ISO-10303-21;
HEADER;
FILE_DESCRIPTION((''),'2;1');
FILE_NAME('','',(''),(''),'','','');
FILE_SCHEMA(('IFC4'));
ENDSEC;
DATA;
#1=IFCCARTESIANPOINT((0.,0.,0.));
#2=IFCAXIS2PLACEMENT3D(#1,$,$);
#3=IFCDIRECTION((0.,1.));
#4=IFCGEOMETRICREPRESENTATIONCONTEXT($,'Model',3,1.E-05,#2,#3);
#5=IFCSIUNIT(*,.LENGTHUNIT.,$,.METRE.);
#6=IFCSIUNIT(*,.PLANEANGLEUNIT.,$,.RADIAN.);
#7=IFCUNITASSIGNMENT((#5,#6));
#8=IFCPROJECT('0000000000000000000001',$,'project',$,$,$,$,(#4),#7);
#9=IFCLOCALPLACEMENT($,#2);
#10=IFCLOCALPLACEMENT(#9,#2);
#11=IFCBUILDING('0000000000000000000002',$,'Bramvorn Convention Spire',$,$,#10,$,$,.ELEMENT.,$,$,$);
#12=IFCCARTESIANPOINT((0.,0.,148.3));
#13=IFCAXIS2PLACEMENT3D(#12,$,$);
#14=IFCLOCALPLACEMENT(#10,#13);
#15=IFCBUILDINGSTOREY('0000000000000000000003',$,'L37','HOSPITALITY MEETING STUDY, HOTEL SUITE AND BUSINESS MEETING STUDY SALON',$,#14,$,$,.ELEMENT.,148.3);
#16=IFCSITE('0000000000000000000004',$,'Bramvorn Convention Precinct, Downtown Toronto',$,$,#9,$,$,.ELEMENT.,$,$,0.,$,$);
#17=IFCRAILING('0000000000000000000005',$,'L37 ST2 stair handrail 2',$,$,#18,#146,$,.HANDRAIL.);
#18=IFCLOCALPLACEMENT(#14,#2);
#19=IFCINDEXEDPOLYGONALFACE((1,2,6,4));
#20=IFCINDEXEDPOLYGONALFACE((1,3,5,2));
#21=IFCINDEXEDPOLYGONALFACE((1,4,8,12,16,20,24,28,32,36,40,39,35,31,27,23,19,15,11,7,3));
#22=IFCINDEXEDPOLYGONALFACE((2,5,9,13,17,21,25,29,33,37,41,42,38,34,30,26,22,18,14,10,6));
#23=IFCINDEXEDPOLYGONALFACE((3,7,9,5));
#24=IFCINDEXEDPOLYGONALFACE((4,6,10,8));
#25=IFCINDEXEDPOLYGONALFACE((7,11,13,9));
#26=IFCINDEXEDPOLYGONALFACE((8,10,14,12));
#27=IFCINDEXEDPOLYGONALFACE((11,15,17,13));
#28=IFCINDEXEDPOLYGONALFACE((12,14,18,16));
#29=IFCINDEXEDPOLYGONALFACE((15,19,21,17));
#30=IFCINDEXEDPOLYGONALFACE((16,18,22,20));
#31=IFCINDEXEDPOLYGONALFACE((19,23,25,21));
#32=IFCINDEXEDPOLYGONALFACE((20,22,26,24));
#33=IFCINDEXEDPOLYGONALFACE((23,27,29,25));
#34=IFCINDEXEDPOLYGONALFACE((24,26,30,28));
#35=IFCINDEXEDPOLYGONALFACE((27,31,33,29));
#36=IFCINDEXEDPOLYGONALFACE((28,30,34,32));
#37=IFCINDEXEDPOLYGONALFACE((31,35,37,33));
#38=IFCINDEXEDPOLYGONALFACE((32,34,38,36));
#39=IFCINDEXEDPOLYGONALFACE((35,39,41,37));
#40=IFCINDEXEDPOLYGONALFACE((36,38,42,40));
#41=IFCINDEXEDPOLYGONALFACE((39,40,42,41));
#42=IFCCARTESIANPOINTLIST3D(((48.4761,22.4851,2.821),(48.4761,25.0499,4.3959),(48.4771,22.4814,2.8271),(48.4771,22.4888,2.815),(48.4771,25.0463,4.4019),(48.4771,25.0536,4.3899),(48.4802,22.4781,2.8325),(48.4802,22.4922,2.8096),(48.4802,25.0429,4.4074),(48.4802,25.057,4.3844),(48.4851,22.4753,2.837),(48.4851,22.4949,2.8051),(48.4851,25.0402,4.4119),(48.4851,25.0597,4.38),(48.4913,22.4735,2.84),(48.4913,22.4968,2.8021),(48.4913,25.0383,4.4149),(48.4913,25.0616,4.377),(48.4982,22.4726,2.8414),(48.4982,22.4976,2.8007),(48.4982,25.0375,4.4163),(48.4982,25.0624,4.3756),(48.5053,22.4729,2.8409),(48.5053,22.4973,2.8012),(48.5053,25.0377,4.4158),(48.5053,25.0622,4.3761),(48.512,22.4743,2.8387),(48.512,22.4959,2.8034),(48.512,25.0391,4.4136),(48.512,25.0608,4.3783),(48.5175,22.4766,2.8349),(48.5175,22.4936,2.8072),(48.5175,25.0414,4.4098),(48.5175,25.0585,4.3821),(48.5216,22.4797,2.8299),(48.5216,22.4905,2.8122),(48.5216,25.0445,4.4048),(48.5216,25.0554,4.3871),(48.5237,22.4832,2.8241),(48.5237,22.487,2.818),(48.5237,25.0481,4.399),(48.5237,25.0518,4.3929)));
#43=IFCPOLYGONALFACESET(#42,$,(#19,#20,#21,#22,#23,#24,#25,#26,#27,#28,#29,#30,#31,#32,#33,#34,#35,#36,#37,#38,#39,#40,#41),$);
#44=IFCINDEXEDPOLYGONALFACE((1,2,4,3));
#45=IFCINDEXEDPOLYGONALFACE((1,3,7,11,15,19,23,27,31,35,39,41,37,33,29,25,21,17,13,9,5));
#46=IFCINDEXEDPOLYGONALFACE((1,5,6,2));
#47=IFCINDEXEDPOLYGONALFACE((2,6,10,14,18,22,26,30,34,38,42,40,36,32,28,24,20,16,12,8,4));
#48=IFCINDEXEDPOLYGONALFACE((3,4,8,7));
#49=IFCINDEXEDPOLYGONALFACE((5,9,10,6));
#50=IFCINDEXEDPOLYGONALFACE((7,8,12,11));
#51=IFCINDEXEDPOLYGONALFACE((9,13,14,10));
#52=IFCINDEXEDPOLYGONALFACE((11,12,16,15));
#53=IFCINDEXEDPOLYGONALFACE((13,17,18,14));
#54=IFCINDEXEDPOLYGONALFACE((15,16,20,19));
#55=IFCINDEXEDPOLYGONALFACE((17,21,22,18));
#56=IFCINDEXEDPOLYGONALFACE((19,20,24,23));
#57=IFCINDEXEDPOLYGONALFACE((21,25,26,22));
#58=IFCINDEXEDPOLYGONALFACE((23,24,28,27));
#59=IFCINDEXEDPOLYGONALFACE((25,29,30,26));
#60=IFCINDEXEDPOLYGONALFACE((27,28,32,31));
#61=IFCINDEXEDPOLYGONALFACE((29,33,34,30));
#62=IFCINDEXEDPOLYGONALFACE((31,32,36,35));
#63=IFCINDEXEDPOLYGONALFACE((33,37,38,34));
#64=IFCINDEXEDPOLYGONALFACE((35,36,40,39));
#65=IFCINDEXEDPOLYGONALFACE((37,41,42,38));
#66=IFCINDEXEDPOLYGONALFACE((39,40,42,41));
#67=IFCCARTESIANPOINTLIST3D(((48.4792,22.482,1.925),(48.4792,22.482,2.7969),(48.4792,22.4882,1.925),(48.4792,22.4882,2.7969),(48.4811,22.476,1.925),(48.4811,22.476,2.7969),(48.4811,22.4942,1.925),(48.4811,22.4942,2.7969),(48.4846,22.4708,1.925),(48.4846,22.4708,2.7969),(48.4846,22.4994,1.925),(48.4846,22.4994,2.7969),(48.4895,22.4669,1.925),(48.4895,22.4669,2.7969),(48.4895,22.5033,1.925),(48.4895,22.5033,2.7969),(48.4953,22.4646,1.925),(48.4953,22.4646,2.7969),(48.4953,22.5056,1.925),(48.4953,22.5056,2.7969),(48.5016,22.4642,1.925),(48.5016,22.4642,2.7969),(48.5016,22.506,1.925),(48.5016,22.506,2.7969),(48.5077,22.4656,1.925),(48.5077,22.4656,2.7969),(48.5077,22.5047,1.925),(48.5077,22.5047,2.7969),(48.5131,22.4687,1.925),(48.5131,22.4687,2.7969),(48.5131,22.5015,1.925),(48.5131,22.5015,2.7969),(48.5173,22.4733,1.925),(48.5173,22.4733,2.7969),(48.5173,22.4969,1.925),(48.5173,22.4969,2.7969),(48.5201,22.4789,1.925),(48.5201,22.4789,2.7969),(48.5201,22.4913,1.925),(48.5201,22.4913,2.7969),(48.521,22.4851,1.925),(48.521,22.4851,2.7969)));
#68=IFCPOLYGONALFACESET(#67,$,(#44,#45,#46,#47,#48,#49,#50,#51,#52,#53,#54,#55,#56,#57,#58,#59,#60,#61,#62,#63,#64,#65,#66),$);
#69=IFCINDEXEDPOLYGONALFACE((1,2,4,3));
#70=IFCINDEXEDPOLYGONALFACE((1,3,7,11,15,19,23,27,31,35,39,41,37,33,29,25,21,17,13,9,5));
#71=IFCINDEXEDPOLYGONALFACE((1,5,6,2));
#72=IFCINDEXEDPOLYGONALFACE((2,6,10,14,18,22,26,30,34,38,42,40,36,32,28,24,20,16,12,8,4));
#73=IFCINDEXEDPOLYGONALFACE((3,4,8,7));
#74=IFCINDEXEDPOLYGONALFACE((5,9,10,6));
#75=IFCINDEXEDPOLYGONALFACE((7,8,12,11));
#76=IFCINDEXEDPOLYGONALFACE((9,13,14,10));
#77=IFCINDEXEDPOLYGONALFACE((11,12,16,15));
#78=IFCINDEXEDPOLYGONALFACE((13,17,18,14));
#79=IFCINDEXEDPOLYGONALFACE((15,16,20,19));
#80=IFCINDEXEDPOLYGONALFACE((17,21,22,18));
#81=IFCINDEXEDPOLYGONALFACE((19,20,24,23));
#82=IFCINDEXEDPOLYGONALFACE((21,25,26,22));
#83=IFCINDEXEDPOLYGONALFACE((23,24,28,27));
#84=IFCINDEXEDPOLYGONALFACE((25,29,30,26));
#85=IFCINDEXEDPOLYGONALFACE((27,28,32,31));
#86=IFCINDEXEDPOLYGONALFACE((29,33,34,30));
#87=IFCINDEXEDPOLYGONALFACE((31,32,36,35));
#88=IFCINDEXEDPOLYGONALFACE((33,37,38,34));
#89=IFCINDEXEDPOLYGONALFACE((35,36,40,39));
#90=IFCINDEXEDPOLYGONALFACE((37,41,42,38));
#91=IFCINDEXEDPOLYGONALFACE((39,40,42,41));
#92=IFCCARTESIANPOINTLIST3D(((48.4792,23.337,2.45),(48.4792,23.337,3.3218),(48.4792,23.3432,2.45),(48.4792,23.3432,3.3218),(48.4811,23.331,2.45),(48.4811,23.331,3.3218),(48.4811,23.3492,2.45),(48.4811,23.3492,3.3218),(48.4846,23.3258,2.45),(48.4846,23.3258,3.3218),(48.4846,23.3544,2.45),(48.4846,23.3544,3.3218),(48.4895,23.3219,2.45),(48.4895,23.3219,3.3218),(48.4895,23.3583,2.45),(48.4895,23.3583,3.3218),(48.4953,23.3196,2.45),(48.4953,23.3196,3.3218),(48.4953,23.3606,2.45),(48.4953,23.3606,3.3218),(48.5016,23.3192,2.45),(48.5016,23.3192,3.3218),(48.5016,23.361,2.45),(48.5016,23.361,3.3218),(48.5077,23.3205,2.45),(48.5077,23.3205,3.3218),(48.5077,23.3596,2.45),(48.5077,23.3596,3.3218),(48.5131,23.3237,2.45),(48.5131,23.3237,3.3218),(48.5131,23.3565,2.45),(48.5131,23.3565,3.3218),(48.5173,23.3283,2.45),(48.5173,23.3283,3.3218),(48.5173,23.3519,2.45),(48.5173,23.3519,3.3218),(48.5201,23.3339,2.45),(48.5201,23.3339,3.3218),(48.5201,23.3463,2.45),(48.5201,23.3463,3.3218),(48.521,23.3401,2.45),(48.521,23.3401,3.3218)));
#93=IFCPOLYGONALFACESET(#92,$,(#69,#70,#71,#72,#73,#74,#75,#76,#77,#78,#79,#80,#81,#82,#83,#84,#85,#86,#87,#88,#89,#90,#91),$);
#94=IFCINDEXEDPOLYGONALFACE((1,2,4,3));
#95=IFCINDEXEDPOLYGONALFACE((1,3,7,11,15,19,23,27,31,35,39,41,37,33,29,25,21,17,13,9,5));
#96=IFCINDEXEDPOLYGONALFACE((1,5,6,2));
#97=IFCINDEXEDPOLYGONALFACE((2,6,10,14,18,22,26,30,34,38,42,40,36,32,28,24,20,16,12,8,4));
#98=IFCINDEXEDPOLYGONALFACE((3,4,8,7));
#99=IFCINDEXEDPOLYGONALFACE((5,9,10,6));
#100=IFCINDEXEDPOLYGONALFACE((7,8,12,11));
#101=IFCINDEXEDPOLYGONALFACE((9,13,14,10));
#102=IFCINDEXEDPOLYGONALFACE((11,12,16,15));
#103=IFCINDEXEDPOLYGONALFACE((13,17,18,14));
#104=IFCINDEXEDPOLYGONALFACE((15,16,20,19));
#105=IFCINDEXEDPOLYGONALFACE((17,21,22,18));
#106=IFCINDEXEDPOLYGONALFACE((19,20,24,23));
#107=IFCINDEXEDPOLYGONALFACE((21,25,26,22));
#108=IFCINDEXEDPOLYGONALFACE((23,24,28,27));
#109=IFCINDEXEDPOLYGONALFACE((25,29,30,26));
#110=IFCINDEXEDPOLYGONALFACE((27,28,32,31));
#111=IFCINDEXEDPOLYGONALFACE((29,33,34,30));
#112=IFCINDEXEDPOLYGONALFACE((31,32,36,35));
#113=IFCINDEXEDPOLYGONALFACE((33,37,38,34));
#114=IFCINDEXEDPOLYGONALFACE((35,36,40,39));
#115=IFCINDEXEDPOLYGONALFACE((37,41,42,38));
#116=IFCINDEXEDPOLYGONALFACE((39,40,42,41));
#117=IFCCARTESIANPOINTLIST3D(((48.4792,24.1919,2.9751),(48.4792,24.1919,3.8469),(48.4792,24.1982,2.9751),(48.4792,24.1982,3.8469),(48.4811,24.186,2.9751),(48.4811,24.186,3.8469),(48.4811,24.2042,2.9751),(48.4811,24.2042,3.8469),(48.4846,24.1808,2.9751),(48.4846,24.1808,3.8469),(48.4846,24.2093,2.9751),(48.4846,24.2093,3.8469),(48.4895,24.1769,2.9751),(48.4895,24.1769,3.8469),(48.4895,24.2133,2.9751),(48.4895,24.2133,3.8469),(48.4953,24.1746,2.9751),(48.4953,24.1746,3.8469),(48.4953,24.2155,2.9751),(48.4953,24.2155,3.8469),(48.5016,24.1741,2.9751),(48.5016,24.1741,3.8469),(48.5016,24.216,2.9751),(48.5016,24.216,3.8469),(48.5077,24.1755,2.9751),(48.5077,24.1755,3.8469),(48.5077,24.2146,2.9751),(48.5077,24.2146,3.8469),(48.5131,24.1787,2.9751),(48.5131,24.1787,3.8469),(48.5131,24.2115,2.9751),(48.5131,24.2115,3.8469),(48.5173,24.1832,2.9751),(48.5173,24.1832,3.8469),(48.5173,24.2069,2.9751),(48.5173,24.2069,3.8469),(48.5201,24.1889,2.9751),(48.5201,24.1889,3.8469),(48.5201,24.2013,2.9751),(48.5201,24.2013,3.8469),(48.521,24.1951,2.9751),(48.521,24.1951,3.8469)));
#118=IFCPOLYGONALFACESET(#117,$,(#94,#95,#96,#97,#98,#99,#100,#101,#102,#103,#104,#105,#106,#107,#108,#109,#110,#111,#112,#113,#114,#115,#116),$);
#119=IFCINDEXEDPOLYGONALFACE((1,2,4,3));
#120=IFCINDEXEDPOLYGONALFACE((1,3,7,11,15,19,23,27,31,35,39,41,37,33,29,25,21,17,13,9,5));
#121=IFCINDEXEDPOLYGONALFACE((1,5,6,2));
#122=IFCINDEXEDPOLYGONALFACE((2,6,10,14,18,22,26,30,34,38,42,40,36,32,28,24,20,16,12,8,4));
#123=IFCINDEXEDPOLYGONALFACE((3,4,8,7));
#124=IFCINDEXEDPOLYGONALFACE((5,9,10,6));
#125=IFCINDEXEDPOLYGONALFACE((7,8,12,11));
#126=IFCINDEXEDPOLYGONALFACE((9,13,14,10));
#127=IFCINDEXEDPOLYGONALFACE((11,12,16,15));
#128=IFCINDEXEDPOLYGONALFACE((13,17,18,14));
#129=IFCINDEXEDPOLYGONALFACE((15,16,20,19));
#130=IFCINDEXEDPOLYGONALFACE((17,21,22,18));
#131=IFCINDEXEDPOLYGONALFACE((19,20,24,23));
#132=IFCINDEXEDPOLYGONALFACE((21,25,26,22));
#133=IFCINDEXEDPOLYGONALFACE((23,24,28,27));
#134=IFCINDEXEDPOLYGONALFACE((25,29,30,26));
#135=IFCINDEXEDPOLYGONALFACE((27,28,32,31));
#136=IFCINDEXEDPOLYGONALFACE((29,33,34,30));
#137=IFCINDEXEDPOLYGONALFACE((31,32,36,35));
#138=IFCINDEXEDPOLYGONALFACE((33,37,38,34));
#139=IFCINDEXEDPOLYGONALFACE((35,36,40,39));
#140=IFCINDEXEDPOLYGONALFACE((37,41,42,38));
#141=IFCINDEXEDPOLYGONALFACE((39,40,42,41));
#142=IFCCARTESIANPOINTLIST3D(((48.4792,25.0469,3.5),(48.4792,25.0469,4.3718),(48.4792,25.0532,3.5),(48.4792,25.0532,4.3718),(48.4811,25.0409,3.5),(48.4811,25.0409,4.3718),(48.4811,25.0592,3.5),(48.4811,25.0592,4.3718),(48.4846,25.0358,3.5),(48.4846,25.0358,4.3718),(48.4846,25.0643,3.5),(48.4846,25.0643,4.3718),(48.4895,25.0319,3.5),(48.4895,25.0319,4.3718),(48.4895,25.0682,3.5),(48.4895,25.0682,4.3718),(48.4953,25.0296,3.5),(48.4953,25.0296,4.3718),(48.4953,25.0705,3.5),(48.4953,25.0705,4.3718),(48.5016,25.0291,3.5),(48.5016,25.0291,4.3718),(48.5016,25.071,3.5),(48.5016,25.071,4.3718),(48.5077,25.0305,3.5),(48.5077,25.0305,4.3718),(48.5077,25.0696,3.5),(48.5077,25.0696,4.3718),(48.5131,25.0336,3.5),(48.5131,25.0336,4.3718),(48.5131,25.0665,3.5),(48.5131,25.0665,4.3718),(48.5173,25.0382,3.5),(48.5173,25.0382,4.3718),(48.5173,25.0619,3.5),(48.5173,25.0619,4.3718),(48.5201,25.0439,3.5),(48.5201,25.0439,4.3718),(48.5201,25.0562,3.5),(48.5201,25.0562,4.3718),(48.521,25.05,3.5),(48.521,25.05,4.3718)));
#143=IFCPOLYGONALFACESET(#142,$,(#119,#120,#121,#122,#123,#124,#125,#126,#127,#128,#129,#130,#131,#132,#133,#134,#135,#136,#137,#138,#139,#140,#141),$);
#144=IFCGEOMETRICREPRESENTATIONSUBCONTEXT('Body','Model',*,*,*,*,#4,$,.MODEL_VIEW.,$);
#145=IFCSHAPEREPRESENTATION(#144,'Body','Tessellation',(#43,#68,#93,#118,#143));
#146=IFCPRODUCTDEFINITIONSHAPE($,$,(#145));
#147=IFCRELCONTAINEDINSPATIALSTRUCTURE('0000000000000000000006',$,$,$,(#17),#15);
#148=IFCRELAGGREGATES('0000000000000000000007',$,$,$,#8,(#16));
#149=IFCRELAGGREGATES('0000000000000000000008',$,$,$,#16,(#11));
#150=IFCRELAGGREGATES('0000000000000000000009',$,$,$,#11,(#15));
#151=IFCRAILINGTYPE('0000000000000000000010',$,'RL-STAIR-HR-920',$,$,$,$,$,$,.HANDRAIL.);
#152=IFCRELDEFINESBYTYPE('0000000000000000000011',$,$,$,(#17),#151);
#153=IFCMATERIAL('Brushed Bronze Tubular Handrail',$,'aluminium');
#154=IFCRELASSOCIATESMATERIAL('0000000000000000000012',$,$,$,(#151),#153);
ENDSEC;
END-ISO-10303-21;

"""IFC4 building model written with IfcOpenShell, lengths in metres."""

from ifc_helpers import new_model, si_unit, direction, frame, origin, origin_2d, place, context, subcontext, project, spatial, circle, extrude, material, type_object, element, save


model = new_model("IFC4")

# Units and contexts
model_context = context("Model", 3, precision=1e-05, world=origin(), true_north=direction((0.0, 1.0)))
body_context = subcontext(model_context, "Body", "Model", "MODEL_VIEW")
ifc_project = project(units=[si_unit("LENGTHUNIT", "METRE"), si_unit("PLANEANGLEUNIT", "RADIAN")], contexts=[model_context])

# Site, building, storey
site_placement = place(None, origin())
site = spatial("IfcSite", under=ifc_project, at=site_placement, Name="Bramvorn Convention Precinct, Downtown Toronto", CompositionType="ELEMENT", RefElevation=0.0)
building_placement = place(site_placement, origin())
building = spatial("IfcBuilding", under=site, at=building_placement, Name="Bramvorn Convention Spire", CompositionType="ELEMENT")
storey_placement = place(building_placement, frame((0.0, 0.0, 148.3)))
storey = spatial("IfcBuildingStorey", under=building, at=storey_placement, Name="L37", Description="HOSPITALITY MEETING STUDY, HOTEL SUITE AND BUSINESS MEETING STUDY SALON", CompositionType="ELEMENT", Elevation=148.3)

# Railing
ifc_material_1 = material(Name="Brushed Bronze Tubular Handrail", Category="aluminium")
railing_type_1 = type_object("IfcRailingType", Name="RL-STAIR-HR-920", PredefinedType="HANDRAIL", material=ifc_material_1)
railing_1_placement = place(storey_placement, frame((48.5, 22.4851, 1.925)))
element("IfcRailing", 1, at=railing_1_placement, inside=storey, type_object=railing_type_1, Name="L37 ST2 stair handrail 2", PredefinedType="HANDRAIL", context=body_context, shape_type="SweptSolid", body=[
    extrude(circle(Radius=0.0239, at=origin_2d()), frame((0.0, 0.0, 0.896), z_axis=(0.0, 0.852173, 0.52326), x_axis=(-1.0, 0.0, 0.0)), (0.0, 0.0, 1.0), 3.0098),
    extrude(circle(Radius=0.021, at=origin_2d()), origin(), (0.0, 0.0, 1.0), 0.8718),
    extrude(circle(Radius=0.021, at=origin_2d()), frame((0.0, 0.855, 0.5249)), (0.0, 0.0, 1.0), 0.8718),
    extrude(circle(Radius=0.021, at=origin_2d()), frame((0.0, 1.71, 1.05)), (0.0, 0.0, 1.0), 0.8718),
    extrude(circle(Radius=0.021, at=origin_2d()), frame((0.0, 2.5649, 1.575)), (0.0, 0.0, 1.0), 0.8718),
])

save(model, "model.ifc")
